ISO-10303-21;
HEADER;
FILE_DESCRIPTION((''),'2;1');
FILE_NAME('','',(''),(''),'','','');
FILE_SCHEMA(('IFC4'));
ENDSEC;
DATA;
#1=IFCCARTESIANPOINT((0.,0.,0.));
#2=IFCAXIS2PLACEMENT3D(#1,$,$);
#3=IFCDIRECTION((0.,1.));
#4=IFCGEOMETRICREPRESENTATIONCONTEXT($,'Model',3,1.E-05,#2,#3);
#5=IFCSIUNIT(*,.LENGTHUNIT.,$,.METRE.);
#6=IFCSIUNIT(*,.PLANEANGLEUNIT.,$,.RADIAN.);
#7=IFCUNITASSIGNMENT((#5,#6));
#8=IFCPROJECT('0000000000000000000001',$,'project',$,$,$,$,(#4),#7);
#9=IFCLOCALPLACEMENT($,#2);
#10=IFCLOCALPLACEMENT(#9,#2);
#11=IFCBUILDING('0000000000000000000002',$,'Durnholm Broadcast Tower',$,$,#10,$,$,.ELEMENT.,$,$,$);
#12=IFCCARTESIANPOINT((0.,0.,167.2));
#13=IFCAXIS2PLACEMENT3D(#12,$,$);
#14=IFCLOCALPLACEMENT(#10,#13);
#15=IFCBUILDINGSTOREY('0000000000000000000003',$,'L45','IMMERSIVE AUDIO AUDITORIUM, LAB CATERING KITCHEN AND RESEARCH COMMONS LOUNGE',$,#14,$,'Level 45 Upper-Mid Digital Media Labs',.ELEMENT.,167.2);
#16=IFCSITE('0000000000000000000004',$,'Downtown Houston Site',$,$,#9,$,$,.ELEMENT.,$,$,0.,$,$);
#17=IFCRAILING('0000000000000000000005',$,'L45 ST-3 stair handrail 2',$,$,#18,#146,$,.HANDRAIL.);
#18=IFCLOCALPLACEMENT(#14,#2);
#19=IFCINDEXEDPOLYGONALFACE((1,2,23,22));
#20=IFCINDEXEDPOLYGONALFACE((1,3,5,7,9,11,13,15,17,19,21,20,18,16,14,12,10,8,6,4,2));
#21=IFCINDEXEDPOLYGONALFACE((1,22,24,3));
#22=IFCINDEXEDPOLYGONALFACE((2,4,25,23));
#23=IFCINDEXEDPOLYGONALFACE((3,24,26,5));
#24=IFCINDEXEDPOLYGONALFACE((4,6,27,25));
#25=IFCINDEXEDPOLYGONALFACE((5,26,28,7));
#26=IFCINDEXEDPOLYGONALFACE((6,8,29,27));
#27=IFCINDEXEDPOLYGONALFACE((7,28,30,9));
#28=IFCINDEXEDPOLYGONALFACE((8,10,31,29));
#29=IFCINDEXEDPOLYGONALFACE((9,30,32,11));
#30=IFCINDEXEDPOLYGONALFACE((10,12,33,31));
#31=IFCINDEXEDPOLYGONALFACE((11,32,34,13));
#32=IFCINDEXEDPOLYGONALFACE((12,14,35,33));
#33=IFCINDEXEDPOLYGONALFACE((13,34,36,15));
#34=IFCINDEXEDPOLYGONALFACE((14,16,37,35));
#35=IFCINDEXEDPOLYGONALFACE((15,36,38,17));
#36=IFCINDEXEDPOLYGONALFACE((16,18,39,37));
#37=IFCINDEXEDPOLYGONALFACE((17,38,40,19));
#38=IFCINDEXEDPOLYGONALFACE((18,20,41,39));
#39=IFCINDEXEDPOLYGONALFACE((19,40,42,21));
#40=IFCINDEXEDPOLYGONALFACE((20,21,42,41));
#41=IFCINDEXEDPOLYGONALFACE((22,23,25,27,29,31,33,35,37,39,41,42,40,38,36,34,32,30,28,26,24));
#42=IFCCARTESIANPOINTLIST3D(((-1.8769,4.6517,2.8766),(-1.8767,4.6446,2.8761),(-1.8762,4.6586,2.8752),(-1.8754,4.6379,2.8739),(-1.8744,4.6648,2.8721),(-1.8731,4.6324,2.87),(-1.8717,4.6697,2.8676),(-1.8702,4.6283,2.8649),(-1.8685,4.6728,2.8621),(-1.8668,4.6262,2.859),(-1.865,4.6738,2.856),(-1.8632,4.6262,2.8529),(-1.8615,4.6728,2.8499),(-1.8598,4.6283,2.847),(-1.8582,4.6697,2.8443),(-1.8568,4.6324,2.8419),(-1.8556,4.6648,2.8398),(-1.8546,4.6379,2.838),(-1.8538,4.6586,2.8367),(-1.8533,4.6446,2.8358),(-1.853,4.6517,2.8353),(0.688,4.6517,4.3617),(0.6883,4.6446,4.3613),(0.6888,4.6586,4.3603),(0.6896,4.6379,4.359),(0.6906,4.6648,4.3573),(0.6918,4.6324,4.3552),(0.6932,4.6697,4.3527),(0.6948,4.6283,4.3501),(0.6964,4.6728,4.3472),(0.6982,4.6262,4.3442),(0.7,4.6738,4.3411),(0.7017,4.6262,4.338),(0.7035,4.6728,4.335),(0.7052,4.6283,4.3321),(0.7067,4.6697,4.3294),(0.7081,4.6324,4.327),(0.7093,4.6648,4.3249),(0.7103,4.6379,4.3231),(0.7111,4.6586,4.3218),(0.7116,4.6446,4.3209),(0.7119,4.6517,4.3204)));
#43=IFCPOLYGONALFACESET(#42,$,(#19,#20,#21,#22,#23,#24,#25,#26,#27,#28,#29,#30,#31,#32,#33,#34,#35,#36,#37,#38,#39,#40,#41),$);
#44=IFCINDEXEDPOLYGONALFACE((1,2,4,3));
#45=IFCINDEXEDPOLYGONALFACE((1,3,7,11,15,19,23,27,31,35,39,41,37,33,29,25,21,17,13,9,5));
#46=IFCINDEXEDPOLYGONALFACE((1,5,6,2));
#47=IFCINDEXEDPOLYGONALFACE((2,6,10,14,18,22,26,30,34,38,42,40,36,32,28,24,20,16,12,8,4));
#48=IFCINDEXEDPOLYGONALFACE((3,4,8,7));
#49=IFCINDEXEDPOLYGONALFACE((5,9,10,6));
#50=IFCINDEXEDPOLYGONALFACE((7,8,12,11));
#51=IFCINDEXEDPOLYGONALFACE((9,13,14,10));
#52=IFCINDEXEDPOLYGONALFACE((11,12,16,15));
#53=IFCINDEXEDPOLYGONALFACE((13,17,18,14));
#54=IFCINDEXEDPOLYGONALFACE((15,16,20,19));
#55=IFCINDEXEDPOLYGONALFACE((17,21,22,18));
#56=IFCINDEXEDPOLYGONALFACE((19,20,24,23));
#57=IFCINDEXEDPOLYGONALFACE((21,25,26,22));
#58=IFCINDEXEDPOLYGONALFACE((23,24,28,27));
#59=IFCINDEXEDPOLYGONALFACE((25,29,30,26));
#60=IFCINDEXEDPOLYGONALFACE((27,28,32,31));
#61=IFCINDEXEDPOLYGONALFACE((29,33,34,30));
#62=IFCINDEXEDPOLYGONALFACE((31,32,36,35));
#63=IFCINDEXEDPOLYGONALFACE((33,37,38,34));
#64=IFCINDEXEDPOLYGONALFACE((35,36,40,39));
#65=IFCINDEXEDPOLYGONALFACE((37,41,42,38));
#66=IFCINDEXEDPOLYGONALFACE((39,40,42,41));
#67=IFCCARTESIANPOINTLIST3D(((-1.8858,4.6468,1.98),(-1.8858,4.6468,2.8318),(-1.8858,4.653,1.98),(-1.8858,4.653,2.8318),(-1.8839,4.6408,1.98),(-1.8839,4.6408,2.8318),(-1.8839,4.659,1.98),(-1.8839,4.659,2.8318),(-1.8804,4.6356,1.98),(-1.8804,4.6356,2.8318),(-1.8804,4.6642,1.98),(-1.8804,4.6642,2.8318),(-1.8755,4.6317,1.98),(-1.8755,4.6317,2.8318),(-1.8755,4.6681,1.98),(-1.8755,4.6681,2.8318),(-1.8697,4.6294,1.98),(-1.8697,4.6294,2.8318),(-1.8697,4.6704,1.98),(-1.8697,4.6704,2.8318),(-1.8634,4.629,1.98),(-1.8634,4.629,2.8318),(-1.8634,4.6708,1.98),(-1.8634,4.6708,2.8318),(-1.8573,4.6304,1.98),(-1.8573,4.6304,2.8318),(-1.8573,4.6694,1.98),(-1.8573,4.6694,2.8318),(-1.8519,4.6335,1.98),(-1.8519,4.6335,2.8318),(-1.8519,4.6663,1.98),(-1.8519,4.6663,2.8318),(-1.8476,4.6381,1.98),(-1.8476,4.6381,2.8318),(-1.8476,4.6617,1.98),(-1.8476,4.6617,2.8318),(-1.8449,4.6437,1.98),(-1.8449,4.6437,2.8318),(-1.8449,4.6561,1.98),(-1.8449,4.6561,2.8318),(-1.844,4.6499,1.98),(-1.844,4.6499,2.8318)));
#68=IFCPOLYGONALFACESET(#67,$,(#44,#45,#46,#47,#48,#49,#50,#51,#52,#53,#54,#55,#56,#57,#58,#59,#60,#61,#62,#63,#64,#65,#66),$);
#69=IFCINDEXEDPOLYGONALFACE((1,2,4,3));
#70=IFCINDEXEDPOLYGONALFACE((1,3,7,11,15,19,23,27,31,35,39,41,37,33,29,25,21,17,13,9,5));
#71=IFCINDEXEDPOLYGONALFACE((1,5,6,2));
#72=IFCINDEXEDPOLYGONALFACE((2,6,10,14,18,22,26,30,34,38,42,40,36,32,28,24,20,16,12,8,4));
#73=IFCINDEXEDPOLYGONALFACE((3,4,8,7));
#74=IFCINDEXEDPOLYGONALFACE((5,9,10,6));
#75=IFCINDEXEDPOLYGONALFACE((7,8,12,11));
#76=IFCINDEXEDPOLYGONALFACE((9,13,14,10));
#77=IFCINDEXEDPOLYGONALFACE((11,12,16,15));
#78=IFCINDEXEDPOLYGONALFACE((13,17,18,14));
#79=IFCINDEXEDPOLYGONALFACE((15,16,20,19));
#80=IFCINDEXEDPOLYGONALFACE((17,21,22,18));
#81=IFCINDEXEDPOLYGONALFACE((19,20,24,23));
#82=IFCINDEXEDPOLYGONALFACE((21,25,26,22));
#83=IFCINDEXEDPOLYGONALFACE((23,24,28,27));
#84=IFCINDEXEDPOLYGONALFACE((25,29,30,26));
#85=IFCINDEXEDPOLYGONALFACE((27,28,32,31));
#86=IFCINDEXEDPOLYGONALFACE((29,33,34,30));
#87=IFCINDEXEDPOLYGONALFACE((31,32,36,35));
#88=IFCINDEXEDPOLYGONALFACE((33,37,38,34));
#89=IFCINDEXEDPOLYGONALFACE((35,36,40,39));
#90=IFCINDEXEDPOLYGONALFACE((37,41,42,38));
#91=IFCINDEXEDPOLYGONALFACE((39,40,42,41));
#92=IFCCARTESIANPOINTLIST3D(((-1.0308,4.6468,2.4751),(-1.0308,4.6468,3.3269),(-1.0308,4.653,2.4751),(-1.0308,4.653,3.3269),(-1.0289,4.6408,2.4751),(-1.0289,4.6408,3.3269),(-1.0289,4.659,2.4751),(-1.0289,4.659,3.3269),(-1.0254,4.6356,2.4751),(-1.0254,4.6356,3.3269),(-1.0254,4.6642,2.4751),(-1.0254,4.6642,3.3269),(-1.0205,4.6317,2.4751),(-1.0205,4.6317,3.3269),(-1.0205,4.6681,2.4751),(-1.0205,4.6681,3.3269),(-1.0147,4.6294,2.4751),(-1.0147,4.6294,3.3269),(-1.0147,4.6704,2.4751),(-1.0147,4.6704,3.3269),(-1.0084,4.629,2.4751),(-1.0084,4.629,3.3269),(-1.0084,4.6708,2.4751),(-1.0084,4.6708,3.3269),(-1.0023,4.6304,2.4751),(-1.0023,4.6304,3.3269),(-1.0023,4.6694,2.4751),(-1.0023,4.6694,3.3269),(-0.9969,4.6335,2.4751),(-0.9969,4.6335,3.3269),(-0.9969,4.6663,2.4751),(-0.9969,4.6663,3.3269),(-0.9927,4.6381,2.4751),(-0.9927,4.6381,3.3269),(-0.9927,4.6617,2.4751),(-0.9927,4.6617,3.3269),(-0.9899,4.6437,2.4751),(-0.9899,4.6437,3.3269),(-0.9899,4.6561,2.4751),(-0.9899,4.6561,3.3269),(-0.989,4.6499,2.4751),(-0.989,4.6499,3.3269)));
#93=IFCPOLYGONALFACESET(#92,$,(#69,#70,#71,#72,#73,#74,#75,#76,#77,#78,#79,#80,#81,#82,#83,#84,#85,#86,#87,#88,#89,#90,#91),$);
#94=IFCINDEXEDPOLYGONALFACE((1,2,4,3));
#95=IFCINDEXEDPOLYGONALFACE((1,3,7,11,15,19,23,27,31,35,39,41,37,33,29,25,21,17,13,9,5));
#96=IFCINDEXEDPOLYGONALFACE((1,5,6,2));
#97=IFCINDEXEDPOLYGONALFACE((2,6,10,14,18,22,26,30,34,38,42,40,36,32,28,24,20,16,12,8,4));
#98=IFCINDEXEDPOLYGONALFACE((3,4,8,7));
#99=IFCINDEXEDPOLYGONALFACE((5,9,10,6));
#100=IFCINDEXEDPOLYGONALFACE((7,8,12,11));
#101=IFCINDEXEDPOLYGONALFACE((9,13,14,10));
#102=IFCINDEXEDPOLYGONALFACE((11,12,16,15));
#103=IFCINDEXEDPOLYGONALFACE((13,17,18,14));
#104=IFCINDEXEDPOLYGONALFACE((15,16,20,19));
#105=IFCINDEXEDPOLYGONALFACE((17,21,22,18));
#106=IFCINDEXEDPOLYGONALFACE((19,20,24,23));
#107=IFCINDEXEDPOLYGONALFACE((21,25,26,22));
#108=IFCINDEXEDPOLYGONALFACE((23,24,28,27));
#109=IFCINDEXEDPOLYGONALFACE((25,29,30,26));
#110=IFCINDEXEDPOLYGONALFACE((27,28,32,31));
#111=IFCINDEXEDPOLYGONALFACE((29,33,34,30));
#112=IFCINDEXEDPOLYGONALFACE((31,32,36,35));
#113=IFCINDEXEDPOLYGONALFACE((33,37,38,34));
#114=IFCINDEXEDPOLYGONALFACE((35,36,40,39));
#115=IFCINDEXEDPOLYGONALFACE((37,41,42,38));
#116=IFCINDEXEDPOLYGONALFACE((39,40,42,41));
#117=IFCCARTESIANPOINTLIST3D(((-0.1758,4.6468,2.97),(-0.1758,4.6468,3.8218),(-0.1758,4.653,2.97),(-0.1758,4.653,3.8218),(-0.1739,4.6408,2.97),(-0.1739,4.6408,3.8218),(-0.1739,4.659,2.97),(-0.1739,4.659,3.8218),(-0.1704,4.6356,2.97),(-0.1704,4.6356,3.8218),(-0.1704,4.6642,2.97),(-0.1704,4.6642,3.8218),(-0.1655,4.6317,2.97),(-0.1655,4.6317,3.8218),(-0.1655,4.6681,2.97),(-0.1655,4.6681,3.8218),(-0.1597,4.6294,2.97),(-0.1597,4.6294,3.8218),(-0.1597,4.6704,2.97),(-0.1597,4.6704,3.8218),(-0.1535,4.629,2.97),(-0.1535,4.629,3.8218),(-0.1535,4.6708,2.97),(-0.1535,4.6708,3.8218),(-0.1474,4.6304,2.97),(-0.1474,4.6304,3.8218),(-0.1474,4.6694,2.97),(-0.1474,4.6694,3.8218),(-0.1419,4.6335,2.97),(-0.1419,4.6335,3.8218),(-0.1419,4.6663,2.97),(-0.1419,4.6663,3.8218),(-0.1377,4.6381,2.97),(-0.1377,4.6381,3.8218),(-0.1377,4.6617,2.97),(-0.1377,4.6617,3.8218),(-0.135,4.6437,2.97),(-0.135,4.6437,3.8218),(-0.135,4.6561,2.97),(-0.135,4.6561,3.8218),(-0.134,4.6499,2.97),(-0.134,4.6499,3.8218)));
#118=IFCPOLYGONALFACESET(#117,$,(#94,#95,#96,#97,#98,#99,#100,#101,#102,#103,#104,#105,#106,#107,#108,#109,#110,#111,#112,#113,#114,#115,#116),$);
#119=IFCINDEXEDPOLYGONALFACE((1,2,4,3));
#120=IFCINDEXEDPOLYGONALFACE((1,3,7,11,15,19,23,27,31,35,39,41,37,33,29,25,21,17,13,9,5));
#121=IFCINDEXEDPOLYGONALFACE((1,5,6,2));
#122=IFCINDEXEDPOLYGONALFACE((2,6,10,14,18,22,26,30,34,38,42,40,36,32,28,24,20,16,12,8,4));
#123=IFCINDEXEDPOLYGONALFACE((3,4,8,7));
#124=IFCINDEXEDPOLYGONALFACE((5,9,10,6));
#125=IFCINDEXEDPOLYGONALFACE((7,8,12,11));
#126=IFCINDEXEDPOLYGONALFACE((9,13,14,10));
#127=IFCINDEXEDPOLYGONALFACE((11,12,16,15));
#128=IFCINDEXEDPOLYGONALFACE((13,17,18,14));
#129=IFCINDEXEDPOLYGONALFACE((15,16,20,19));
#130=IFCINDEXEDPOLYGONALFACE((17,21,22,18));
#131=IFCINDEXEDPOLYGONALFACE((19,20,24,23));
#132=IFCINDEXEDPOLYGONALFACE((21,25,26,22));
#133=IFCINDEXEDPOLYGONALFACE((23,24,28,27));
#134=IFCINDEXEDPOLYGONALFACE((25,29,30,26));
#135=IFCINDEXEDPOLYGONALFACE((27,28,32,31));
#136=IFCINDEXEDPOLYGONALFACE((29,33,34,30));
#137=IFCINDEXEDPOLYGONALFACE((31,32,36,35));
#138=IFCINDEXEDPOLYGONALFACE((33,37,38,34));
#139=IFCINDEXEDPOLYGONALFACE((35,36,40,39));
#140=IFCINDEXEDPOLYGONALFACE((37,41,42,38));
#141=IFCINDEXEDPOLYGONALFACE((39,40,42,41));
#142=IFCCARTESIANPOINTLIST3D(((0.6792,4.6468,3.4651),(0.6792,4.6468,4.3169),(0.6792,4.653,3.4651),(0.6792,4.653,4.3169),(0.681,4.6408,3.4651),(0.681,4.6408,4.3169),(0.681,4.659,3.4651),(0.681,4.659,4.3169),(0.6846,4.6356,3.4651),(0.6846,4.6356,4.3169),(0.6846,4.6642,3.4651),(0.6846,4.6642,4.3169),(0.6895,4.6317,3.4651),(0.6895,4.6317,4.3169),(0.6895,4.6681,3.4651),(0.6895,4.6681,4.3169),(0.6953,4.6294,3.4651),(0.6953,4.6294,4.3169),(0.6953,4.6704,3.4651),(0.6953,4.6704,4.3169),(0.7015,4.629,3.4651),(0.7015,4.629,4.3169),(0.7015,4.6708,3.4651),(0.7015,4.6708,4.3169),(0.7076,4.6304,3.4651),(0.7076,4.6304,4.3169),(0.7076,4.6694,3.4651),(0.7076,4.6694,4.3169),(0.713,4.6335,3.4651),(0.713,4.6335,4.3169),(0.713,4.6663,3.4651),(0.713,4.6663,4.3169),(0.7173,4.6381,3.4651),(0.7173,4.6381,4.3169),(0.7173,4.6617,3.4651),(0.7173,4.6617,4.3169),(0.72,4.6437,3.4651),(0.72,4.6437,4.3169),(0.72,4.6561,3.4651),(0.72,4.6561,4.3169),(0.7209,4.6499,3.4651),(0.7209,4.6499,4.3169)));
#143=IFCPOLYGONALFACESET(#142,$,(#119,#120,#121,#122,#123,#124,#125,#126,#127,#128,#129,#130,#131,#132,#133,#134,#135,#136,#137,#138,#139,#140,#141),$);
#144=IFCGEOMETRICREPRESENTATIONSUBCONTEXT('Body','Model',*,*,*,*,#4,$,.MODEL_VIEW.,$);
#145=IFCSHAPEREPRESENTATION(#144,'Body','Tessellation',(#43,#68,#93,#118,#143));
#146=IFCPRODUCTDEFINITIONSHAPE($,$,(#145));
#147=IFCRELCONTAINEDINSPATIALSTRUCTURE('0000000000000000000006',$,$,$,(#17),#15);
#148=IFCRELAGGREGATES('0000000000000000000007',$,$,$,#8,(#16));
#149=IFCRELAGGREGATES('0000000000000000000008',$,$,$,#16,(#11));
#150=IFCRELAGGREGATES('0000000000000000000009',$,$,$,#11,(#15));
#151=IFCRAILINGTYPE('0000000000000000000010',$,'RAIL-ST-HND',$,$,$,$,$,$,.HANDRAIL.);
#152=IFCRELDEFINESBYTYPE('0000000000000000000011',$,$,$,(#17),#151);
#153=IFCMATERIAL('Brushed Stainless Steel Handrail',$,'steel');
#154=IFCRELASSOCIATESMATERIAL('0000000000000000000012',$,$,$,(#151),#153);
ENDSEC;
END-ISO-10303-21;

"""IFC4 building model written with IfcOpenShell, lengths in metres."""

from ifc_helpers import new_model, si_unit, direction, frame, origin, origin_2d, place, context, subcontext, project, spatial, circle, extrude, material, type_object, element, save


model = new_model("IFC4")

# Units and contexts
model_context = context("Model", 3, precision=1e-05, world=origin(), true_north=direction((0.0, 1.0)))
body_context = subcontext(model_context, "Body", "Model", "MODEL_VIEW")
ifc_project = project(units=[si_unit("LENGTHUNIT", "METRE"), si_unit("PLANEANGLEUNIT", "RADIAN")], contexts=[model_context])

# Site, building, storey
site_placement = place(None, origin())
site = spatial("IfcSite", under=ifc_project, at=site_placement, Name="Downtown Houston Site", CompositionType="ELEMENT", RefElevation=0.0)
building_placement = place(site_placement, origin())
building = spatial("IfcBuilding", under=site, at=building_placement, Name="Durnholm Broadcast Tower", CompositionType="ELEMENT")
storey_placement = place(building_placement, frame((0.0, 0.0, 167.2)))
storey = spatial("IfcBuildingStorey", under=building, at=storey_placement, Name="L45", Description="IMMERSIVE AUDIO AUDITORIUM, LAB CATERING KITCHEN AND RESEARCH COMMONS LOUNGE", LongName="Level 45 Upper-Mid Digital Media Labs", CompositionType="ELEMENT", Elevation=167.2)

# Railing
ifc_material_1 = material(Name="Brushed Stainless Steel Handrail", Category="steel")
railing_type_1 = type_object("IfcRailingType", Name="RAIL-ST-HND", PredefinedType="HANDRAIL", material=ifc_material_1)
railing_1_placement = place(storey_placement, frame((-1.865, 4.6499, 1.98)))
element("IfcRailing", 1, at=railing_1_placement, inside=storey, type_object=railing_type_1, Name="L45 ST-3 stair handrail 2", PredefinedType="HANDRAIL", context=body_context, shape_type="SweptSolid", body=[
    extrude(circle(Radius=0.0239, at=origin_2d()), frame((0.0, 0.0, 0.876), z_axis=(0.865406, 0.0, 0.501072), x_axis=(0.0, 1.0, 0.0)), (0.0, 0.0, 1.0), 2.9639),
    extrude(circle(Radius=0.021, at=origin_2d()), origin(), (0.0, 0.0, 1.0), 0.8518),
    extrude(circle(Radius=0.021, at=origin_2d()), frame((0.855, 0.0, 0.4951)), (0.0, 0.0, 1.0), 0.8518),
    extrude(circle(Radius=0.021, at=origin_2d()), frame((1.71, 0.0, 0.99)), (0.0, 0.0, 1.0), 0.8518),
    extrude(circle(Radius=0.021, at=origin_2d()), frame((2.5649, 0.0, 1.4851)), (0.0, 0.0, 1.0), 0.8518),
])

save(model, "model.ifc")
